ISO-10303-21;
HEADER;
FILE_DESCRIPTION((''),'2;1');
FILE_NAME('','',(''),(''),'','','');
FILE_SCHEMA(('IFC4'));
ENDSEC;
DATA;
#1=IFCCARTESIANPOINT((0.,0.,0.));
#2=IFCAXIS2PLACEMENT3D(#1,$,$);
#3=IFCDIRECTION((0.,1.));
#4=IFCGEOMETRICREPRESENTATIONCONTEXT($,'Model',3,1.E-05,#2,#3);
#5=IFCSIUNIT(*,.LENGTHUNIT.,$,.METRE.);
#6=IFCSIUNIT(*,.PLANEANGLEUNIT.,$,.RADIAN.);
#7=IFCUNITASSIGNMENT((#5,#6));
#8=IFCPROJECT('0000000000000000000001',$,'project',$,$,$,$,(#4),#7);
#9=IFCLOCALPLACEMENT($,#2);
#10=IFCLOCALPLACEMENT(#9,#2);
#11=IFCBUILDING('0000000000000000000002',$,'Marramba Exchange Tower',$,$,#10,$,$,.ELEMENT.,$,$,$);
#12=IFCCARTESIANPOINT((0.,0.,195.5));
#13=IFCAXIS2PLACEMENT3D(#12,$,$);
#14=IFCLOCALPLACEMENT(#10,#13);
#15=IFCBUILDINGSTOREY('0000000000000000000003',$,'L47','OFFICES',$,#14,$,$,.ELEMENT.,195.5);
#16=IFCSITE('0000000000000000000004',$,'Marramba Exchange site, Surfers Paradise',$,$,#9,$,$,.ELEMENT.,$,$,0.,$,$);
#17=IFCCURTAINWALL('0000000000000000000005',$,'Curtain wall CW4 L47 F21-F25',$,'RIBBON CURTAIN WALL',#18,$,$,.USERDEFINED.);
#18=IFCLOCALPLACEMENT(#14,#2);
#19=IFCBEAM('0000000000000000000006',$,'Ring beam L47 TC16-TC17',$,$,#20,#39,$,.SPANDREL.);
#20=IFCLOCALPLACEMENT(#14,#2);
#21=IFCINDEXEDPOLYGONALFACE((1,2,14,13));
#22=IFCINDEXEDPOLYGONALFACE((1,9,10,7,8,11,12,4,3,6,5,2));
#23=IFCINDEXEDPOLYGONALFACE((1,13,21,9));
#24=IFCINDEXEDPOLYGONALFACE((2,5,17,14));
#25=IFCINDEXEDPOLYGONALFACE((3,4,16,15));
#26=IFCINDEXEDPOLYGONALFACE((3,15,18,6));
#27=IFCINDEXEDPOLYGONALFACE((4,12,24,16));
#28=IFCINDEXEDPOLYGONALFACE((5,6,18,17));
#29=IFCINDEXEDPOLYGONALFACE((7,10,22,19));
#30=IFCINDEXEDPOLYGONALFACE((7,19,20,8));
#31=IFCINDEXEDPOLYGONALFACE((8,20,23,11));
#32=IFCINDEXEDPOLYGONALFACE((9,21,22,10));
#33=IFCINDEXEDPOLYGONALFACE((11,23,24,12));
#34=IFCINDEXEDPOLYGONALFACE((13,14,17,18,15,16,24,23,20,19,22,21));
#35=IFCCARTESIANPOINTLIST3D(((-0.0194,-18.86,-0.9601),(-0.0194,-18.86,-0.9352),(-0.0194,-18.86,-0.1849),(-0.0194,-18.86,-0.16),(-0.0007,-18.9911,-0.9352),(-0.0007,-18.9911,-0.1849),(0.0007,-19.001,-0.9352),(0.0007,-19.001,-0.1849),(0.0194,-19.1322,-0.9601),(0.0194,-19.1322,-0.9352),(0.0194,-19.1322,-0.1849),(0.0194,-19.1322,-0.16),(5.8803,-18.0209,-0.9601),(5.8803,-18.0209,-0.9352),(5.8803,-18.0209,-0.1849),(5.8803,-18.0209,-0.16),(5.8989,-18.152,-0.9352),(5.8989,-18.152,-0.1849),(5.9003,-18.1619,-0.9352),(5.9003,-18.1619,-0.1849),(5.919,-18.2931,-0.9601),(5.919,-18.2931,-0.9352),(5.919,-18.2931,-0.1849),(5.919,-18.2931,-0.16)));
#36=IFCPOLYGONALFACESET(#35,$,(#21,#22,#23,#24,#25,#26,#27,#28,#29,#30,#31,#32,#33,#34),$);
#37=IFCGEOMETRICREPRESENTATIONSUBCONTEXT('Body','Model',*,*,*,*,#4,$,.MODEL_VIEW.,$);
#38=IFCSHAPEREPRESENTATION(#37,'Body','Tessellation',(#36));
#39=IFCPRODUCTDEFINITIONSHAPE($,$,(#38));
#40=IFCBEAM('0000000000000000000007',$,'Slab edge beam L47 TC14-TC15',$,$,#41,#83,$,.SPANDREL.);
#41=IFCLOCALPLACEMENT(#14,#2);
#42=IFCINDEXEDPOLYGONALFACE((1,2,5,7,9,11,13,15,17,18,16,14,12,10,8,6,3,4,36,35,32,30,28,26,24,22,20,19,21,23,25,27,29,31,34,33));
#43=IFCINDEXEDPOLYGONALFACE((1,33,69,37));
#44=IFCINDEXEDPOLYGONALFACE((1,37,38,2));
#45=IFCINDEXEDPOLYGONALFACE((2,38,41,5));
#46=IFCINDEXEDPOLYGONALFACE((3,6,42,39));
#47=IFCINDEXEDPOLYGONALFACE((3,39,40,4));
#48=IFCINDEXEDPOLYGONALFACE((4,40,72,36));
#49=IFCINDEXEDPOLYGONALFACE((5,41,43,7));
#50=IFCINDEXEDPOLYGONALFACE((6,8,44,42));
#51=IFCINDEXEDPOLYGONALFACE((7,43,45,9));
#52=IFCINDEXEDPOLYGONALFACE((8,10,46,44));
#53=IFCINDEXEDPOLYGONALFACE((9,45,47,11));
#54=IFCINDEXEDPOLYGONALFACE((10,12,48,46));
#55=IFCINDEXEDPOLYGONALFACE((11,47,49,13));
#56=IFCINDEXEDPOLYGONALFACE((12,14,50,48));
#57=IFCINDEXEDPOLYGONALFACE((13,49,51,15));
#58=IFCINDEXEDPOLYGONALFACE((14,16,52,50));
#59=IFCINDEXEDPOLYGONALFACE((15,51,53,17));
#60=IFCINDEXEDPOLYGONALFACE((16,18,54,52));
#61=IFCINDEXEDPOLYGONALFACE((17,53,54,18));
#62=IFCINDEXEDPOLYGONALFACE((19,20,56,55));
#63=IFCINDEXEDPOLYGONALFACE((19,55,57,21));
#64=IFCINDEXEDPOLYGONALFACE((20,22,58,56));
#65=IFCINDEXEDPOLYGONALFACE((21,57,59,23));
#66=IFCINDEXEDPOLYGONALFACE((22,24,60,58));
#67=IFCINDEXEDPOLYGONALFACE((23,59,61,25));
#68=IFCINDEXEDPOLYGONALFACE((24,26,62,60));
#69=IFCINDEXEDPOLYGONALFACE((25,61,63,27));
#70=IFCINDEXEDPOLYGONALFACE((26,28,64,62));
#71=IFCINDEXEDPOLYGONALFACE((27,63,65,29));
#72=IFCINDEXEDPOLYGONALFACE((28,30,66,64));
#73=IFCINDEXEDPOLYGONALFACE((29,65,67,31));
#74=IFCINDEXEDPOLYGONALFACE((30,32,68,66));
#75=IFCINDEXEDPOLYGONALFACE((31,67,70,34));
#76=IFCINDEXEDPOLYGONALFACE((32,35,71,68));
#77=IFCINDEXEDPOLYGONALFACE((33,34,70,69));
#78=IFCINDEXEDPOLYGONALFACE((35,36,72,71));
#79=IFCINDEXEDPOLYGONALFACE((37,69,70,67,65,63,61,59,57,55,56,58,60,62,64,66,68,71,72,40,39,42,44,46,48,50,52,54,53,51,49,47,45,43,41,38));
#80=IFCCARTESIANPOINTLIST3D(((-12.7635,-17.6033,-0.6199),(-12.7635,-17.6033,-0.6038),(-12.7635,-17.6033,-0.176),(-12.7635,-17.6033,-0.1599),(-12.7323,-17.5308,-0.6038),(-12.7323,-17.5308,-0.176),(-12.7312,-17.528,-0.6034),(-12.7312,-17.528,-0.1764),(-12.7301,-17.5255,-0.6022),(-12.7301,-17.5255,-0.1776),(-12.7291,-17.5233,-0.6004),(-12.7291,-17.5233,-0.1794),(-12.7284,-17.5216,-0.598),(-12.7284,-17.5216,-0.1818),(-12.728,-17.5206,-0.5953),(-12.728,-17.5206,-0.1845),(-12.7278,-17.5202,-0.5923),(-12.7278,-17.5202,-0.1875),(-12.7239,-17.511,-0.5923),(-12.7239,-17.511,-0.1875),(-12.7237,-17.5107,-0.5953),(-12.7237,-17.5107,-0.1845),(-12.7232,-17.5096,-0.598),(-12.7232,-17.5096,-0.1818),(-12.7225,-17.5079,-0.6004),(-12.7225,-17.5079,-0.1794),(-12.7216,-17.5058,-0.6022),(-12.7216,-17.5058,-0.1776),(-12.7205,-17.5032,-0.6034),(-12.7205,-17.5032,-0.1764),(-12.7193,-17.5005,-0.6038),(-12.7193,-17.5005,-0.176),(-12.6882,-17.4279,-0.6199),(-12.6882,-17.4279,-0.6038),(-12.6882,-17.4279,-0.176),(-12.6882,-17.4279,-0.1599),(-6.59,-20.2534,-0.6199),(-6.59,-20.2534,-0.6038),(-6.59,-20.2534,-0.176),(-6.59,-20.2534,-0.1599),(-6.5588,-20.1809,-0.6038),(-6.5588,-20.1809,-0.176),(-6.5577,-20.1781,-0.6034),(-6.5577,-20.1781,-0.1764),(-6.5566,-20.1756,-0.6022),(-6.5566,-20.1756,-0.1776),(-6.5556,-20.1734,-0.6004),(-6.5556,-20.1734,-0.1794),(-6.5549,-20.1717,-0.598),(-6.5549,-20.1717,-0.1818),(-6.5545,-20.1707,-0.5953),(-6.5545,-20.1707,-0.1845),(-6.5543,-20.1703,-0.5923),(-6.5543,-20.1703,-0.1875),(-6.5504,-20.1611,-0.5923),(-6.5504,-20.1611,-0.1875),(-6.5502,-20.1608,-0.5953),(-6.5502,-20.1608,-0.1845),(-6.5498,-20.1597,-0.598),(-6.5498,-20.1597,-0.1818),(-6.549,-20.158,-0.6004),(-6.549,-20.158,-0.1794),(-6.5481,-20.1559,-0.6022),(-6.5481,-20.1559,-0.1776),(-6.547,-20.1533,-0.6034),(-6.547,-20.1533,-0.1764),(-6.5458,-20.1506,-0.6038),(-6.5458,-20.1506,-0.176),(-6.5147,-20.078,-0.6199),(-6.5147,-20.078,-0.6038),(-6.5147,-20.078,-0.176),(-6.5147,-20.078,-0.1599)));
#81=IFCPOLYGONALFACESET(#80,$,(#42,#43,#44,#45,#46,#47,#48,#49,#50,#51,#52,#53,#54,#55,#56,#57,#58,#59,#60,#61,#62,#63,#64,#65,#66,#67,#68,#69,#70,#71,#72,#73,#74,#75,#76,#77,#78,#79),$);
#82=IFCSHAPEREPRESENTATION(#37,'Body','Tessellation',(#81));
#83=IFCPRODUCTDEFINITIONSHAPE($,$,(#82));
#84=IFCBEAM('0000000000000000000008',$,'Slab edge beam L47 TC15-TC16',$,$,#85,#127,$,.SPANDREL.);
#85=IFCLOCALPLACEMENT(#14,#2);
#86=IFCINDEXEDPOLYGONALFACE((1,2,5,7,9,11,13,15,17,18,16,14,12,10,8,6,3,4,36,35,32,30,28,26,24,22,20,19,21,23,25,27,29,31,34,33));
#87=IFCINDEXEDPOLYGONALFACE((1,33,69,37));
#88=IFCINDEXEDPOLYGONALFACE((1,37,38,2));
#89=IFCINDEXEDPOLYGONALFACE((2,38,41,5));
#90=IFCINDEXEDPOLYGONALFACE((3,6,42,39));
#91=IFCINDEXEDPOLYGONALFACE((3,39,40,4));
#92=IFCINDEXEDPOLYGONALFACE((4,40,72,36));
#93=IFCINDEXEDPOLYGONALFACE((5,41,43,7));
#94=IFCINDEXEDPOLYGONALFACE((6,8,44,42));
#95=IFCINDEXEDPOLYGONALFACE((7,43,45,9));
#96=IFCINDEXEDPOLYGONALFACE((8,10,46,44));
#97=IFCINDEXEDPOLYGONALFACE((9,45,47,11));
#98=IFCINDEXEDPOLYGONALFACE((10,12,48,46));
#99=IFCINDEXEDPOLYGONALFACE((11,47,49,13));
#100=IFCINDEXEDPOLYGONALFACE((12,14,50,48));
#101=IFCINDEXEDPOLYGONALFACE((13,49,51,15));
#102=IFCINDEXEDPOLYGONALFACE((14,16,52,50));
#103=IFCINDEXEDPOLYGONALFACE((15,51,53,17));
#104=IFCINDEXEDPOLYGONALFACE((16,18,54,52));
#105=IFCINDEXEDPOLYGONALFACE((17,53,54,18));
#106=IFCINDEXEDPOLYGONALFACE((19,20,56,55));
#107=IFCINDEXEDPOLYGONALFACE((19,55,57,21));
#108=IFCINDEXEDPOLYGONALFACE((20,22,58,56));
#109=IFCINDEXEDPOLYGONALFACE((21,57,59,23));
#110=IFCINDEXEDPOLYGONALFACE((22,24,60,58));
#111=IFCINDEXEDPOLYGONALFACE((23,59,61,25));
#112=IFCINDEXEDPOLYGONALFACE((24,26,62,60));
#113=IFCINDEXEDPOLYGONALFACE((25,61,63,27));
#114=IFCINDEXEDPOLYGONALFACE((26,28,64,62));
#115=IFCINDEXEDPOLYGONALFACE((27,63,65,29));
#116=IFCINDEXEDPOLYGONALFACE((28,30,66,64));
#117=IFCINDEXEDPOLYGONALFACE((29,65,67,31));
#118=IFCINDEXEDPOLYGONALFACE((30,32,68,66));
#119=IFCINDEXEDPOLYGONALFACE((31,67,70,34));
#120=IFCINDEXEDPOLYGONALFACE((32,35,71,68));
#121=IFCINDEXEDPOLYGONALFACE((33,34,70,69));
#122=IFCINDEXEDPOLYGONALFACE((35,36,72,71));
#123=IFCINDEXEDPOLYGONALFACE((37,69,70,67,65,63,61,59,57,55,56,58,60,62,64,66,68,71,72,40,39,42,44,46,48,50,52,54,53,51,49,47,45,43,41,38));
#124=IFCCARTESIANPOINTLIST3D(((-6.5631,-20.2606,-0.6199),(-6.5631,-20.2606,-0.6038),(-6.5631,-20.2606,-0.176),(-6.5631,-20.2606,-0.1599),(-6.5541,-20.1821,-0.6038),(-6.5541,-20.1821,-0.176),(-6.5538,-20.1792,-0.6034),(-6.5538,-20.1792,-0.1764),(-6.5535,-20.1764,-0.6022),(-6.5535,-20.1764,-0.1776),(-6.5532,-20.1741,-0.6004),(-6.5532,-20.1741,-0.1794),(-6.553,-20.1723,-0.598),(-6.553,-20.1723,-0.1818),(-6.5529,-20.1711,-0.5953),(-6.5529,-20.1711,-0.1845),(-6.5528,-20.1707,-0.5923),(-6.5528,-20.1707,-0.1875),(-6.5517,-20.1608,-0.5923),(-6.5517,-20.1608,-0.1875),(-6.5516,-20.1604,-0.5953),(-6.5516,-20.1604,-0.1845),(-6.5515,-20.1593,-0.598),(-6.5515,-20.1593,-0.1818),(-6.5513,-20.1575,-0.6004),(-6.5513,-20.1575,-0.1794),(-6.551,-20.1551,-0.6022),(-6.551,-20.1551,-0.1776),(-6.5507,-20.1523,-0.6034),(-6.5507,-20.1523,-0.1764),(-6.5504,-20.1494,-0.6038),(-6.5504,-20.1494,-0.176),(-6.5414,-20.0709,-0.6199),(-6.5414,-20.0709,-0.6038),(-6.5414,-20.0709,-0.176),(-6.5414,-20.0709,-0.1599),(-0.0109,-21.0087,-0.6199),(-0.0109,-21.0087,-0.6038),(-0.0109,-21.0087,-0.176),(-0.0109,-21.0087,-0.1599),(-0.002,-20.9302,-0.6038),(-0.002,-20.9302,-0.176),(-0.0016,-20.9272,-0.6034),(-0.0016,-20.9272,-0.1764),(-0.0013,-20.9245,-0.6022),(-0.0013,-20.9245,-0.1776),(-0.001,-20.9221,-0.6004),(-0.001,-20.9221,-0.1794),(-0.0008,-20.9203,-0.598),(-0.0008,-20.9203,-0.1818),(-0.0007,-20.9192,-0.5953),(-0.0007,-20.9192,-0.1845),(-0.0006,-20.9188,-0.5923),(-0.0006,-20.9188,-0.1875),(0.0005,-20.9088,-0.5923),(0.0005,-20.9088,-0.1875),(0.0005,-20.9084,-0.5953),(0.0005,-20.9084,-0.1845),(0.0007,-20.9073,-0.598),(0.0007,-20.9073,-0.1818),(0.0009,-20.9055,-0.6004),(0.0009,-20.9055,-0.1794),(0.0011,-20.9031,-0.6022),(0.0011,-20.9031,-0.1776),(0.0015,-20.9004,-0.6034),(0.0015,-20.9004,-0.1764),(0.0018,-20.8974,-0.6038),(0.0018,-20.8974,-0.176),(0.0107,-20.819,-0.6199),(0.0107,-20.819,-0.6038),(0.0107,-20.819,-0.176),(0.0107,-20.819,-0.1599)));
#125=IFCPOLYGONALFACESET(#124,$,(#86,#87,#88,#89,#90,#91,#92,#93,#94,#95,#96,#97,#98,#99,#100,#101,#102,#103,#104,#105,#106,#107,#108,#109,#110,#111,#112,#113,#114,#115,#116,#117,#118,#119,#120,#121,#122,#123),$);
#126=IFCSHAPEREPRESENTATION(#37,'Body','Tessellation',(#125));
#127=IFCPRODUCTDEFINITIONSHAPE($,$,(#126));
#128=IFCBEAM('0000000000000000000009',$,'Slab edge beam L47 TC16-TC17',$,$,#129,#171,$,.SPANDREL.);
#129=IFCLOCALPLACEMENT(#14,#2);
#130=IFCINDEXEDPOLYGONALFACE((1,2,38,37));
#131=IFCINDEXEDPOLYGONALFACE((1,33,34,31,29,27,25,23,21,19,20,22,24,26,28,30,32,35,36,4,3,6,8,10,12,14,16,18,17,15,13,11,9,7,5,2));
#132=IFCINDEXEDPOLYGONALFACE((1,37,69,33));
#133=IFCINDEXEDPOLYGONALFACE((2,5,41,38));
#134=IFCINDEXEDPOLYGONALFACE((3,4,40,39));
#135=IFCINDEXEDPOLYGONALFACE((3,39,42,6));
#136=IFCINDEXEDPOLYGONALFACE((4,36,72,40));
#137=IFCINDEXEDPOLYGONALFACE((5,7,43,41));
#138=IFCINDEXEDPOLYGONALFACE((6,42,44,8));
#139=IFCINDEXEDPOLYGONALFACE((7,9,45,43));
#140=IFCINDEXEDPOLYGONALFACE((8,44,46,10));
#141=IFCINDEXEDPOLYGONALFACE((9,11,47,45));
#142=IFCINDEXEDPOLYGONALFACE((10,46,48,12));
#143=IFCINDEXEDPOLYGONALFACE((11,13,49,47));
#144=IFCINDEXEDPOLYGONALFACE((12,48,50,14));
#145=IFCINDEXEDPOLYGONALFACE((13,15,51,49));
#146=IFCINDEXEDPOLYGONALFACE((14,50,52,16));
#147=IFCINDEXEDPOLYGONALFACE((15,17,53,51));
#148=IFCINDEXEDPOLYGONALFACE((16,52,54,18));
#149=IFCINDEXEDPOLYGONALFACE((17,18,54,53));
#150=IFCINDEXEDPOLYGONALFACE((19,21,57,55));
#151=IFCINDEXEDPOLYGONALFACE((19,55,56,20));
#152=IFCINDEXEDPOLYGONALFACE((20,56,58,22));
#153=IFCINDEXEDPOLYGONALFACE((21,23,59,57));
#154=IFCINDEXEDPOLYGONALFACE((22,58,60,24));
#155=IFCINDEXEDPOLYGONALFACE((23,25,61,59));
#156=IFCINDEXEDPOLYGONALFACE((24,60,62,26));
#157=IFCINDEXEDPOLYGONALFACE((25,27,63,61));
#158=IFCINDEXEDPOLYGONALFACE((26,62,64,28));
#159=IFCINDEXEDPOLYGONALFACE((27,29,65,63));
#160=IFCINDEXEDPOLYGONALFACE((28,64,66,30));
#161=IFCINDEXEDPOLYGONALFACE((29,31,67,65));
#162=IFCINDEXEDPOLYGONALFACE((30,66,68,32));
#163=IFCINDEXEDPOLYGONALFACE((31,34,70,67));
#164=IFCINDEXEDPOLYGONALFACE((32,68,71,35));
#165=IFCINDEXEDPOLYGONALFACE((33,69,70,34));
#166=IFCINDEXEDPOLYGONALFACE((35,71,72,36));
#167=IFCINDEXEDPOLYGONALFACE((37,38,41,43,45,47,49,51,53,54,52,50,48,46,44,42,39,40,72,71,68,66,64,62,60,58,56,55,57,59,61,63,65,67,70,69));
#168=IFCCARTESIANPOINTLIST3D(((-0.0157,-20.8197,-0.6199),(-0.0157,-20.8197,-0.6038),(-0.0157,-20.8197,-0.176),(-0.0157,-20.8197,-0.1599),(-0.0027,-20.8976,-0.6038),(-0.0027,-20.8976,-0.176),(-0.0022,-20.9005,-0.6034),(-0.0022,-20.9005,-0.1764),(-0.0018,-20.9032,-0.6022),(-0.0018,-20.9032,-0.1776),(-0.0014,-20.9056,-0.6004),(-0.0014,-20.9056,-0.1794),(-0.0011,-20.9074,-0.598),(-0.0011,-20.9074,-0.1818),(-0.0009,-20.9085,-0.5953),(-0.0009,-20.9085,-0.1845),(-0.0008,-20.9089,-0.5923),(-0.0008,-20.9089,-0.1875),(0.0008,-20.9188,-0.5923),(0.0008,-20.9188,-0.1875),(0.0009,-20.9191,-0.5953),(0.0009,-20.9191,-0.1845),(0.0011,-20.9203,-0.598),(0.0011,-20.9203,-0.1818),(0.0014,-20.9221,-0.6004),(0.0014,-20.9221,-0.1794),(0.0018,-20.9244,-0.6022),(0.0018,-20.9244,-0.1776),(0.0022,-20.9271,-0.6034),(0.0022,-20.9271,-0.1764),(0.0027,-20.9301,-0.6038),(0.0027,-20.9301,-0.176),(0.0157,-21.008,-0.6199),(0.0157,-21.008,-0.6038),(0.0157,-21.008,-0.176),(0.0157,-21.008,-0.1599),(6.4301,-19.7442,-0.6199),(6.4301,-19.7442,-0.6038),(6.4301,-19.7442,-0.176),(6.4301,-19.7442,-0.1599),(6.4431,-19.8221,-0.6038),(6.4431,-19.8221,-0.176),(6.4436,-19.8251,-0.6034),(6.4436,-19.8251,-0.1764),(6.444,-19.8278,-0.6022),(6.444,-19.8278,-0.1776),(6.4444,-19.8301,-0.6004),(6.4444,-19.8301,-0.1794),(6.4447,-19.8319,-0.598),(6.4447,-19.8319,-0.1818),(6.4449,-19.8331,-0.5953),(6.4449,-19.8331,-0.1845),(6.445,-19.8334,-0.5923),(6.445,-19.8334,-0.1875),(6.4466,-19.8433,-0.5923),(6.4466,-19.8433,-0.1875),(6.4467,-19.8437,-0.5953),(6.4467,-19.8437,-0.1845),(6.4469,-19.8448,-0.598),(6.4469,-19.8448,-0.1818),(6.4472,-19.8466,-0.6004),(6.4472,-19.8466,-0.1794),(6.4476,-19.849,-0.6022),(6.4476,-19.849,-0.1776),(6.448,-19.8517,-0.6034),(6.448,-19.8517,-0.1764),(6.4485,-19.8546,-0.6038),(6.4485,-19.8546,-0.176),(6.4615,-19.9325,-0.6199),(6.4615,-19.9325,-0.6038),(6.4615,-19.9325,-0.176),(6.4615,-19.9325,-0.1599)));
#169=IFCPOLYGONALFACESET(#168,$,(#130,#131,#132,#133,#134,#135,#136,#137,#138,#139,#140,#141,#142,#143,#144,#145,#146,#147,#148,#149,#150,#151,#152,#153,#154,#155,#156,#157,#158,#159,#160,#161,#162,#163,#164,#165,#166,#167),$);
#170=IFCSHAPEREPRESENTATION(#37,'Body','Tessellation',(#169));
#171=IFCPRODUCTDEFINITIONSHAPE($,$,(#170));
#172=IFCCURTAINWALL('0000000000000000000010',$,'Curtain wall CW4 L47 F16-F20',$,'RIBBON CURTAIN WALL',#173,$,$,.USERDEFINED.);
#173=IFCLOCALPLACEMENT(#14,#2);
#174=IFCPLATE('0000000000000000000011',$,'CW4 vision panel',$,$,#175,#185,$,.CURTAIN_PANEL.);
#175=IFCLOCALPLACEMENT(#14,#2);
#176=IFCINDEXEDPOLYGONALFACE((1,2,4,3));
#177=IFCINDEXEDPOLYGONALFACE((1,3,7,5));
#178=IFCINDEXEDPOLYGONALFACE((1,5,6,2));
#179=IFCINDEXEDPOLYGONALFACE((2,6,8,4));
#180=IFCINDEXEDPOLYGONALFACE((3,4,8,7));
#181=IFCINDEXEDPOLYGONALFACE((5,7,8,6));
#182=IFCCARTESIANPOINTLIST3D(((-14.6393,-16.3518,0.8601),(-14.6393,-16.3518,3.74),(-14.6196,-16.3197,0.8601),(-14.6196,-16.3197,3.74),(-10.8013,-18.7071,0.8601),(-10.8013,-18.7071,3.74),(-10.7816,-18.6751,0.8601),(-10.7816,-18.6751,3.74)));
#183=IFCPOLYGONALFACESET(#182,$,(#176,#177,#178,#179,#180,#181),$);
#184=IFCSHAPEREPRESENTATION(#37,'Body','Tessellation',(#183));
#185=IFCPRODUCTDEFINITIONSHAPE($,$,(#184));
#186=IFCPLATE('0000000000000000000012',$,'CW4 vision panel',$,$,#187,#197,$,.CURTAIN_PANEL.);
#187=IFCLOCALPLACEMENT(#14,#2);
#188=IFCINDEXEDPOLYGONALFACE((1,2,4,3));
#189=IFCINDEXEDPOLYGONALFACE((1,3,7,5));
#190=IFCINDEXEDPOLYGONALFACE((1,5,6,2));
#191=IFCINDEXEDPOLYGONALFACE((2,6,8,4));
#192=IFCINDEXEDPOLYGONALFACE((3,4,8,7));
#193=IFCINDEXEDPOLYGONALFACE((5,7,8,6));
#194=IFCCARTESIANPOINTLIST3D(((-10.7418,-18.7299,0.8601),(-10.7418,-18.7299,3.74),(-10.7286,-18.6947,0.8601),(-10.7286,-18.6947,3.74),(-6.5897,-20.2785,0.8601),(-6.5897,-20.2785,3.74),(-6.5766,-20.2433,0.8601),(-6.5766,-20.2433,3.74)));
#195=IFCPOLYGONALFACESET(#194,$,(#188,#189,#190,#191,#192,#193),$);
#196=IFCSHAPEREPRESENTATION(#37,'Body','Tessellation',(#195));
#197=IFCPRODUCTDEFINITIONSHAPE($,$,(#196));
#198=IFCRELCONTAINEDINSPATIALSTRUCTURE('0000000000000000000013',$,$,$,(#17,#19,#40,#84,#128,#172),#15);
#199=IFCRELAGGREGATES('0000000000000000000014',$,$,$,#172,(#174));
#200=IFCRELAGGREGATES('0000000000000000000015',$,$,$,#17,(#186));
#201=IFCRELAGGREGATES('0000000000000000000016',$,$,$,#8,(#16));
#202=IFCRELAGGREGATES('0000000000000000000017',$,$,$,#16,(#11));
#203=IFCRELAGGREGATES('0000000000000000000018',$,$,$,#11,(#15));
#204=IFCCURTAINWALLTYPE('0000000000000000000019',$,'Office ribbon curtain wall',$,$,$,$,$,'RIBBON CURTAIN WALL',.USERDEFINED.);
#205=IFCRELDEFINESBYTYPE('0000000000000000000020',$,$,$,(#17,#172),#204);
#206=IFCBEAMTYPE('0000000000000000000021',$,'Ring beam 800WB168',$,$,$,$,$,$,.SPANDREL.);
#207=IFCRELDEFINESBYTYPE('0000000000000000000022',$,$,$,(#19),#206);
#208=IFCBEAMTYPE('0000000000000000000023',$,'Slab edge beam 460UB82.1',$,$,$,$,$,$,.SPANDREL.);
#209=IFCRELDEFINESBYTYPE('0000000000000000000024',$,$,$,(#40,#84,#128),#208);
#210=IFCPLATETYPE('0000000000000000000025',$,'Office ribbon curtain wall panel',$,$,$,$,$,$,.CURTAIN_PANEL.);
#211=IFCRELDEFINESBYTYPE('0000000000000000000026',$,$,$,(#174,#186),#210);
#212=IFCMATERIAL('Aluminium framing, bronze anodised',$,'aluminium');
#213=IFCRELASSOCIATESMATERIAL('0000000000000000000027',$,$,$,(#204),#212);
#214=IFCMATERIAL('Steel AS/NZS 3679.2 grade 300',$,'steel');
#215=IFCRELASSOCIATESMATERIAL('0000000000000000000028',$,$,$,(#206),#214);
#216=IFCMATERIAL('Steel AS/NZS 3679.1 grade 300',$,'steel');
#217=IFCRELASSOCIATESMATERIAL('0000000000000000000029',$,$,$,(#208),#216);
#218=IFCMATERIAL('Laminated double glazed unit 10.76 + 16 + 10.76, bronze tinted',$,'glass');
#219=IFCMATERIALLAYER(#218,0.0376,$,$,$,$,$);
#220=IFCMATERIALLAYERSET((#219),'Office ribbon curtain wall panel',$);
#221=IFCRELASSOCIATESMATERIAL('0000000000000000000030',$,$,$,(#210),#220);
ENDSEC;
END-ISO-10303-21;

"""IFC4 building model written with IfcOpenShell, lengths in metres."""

from ifc_helpers import new_model, si_unit, direction, frame, origin, origin_2d, place, context, subcontext, project, spatial, rectangle, i_section, extrude, material, layer, layer_set, material_profile, profile_set, type_object, element, aggregate, save


model = new_model("IFC4")

# Units and contexts
model_context = context("Model", 3, precision=1e-05, world=origin(), true_north=direction((0.0, 1.0)))
body_context = subcontext(model_context, "Body", "Model", "MODEL_VIEW")
ifc_project = project(units=[si_unit("LENGTHUNIT", "METRE"), si_unit("PLANEANGLEUNIT", "RADIAN")], contexts=[model_context])

# Site, building, storey
site_placement = place(None, origin())
site = spatial("IfcSite", under=ifc_project, at=site_placement, Name="Marramba Exchange site, Surfers Paradise", CompositionType="ELEMENT", RefElevation=0.0)
building_placement = place(site_placement, origin())
building = spatial("IfcBuilding", under=site, at=building_placement, Name="Marramba Exchange Tower", CompositionType="ELEMENT")
storey_placement = place(building_placement, frame((0.0, 0.0, 195.5)))
storey = spatial("IfcBuildingStorey", under=building, at=storey_placement, Name="L47", Description="OFFICES", CompositionType="ELEMENT", Elevation=195.5)

# Shared definitions
ifc_material_1 = material(Name="Steel AS/NZS 3679.2 grade 300", Category="steel")

# Curtain wall
ifc_material_2 = material(Name="Aluminium framing, bronze anodised", Category="aluminium")
curtain_wall_type = type_object("IfcCurtainWallType", Name="Office ribbon curtain wall", ElementType="RIBBON CURTAIN WALL", PredefinedType="USERDEFINED", material=ifc_material_2)
curtain_wall_1_placement = place(storey_placement, origin())
curtain_wall_1 = element("IfcCurtainWall", 1, at=curtain_wall_1_placement, inside=storey, type_object=curtain_wall_type, Name="Curtain wall CW4 L47 F21-F25", ObjectType="RIBBON CURTAIN WALL", PredefinedType="USERDEFINED")

# Beams
ifc_material_profile_1 = material_profile(ifc_material_1, i_section(OverallWidth=0.2749, OverallDepth=0.8, WebThickness=0.01, FlangeThickness=0.0249, at=origin_2d()), Name="800WB168")
ifc_profile_set_1 = profile_set([ifc_material_profile_1], Name="Steel AS/NZS 3679.2 grade 300")
beam_type_1 = type_object("IfcBeamType", Name="Ring beam 800WB168", PredefinedType="SPANDREL", material=ifc_profile_set_1)
for number, where, z_axis, x_axis, name in (
    (2, (0.0, -18.9961, -0.5601), (0.990036, 0.140813, 0.0), (-0.140813, 0.990036, 0.0), "Ring beam L47 TC16-TC17"),
):
    element("IfcBeam", number, at=place(storey_placement, frame(where, z_axis=z_axis, x_axis=x_axis)), inside=storey, type_object=beam_type_1, Name=name, PredefinedType="SPANDREL", context=body_context, shape_type="SweptSolid", body=[
        extrude(i_section(OverallWidth=0.2749, OverallDepth=0.8, WebThickness=0.01, FlangeThickness=0.0249, at=origin_2d()), origin(), (0.0, 0.0, 1.0), 5.959),
    ])
ifc_material_3 = material(Name="Steel AS/NZS 3679.1 grade 300", Category="steel")
ifc_material_profile_2 = material_profile(ifc_material_3, i_section(OverallWidth=0.1909, OverallDepth=0.46, WebThickness=0.01, FlangeThickness=0.0161, FilletRadius=0.0115, at=origin_2d()), Name="460UB82.1")
ifc_profile_set_2 = profile_set([ifc_material_profile_2], Name="Steel AS/NZS 3679.1 grade 300")
beam_type_2 = type_object("IfcBeamType", Name="Slab edge beam 460UB82.1", PredefinedType="SPANDREL", material=ifc_profile_set_2)
beam_1_placement = place(storey_placement, frame((-12.7258, -17.5156, -0.3899), z_axis=(0.918912, -0.394463, 0.0), x_axis=(0.394463, 0.918912, 0.0)))
element("IfcBeam", 3, at=beam_1_placement, inside=storey, type_object=beam_type_2, Name="Slab edge beam L47 TC14-TC15", PredefinedType="SPANDREL", context=body_context, shape_type="SweptSolid", body=[
    extrude(i_section(OverallWidth=0.1909, OverallDepth=0.46, WebThickness=0.01, FlangeThickness=0.0161, FilletRadius=0.0115, at=origin_2d()), origin(), (0.0, 0.0, 1.0), 6.7183),
])
beam_2_placement = place(storey_placement, frame((-6.5522, -20.1658, -0.3899), z_axis=(0.993546, -0.11343, 0.0), x_axis=(0.11343, 0.993546, 0.0)))
element("IfcBeam", 4, at=beam_2_placement, inside=storey, type_object=beam_type_2, Name="Slab edge beam L47 TC15-TC16", PredefinedType="SPANDREL", context=body_context, shape_type="SweptSolid", body=[
    extrude(i_section(OverallWidth=0.1909, OverallDepth=0.46, WebThickness=0.01, FlangeThickness=0.0161, FilletRadius=0.0115, at=origin_2d()), origin(), (0.0, 0.0, 1.0), 6.5947),
])
beam_3_placement = place(storey_placement, frame((0.0, -20.9138, -0.3899), z_axis=(0.986366, 0.164569, 0.0), x_axis=(-0.164569, 0.986366, 0.0)))
element("IfcBeam", 5, at=beam_3_placement, inside=storey, type_object=beam_type_2, Name="Slab edge beam L47 TC16-TC17", PredefinedType="SPANDREL", context=body_context, shape_type="SweptSolid", body=[
    extrude(i_section(OverallWidth=0.1909, OverallDepth=0.46, WebThickness=0.01, FlangeThickness=0.0161, FilletRadius=0.0115, at=origin_2d()), origin(), (0.0, 0.0, 1.0), 6.5349),
])

# Curtain wall, plate
curtain_wall_2_placement = place(storey_placement, origin())
curtain_wall_2 = element("IfcCurtainWall", 6, at=curtain_wall_2_placement, inside=storey, type_object=curtain_wall_type, Name="Curtain wall CW4 L47 F16-F20", ObjectType="RIBBON CURTAIN WALL", PredefinedType="USERDEFINED")
ifc_material_4 = material(Name="Laminated double glazed unit 10.76 + 16 + 10.76, bronze tinted", Category="glass")
ifc_layer_1 = layer(ifc_material_4, 0.0376)
ifc_layer_set_1 = layer_set([ifc_layer_1], Name="Office ribbon curtain wall panel")
plate_type = type_object("IfcPlateType", Name="Office ribbon curtain wall panel", PredefinedType="CURTAIN_PANEL", material=ifc_layer_set_1)
plate_1_placement = place(storey_placement, frame((-12.7104, -17.5134, 0.8601), z_axis=(0.0, 0.0, 1.0), x_axis=(0.852301, -0.523052, 0.0)))
plate_1 = element("IfcPlate", 7, at=plate_1_placement, type_object=plate_type, Name="CW4 vision panel", PredefinedType="CURTAIN_PANEL", context=body_context, shape_type="SweptSolid", body=[
    extrude(rectangle(XDim=4.5032, YDim=0.0376, at=origin_2d()), origin(), (0.0, 0.0, 1.0), 2.8799),
])
aggregate(curtain_wall_2, [plate_1])

# Plate
plate_2_placement = place(storey_placement, frame((-8.6592, -19.4866, 0.8601), z_axis=(0.0, 0.0, 1.0), x_axis=(0.936952, -0.349459, 0.0)))
plate_2 = element("IfcPlate", 8, at=plate_2_placement, type_object=plate_type, Name="CW4 vision panel", PredefinedType="CURTAIN_PANEL", context=body_context, shape_type="SweptSolid", body=[
    extrude(rectangle(XDim=4.4314, YDim=0.0376, at=origin_2d()), origin(), (0.0, 0.0, 1.0), 2.8799),
])
aggregate(curtain_wall_1, [plate_2])

save(model, "model.ifc")
